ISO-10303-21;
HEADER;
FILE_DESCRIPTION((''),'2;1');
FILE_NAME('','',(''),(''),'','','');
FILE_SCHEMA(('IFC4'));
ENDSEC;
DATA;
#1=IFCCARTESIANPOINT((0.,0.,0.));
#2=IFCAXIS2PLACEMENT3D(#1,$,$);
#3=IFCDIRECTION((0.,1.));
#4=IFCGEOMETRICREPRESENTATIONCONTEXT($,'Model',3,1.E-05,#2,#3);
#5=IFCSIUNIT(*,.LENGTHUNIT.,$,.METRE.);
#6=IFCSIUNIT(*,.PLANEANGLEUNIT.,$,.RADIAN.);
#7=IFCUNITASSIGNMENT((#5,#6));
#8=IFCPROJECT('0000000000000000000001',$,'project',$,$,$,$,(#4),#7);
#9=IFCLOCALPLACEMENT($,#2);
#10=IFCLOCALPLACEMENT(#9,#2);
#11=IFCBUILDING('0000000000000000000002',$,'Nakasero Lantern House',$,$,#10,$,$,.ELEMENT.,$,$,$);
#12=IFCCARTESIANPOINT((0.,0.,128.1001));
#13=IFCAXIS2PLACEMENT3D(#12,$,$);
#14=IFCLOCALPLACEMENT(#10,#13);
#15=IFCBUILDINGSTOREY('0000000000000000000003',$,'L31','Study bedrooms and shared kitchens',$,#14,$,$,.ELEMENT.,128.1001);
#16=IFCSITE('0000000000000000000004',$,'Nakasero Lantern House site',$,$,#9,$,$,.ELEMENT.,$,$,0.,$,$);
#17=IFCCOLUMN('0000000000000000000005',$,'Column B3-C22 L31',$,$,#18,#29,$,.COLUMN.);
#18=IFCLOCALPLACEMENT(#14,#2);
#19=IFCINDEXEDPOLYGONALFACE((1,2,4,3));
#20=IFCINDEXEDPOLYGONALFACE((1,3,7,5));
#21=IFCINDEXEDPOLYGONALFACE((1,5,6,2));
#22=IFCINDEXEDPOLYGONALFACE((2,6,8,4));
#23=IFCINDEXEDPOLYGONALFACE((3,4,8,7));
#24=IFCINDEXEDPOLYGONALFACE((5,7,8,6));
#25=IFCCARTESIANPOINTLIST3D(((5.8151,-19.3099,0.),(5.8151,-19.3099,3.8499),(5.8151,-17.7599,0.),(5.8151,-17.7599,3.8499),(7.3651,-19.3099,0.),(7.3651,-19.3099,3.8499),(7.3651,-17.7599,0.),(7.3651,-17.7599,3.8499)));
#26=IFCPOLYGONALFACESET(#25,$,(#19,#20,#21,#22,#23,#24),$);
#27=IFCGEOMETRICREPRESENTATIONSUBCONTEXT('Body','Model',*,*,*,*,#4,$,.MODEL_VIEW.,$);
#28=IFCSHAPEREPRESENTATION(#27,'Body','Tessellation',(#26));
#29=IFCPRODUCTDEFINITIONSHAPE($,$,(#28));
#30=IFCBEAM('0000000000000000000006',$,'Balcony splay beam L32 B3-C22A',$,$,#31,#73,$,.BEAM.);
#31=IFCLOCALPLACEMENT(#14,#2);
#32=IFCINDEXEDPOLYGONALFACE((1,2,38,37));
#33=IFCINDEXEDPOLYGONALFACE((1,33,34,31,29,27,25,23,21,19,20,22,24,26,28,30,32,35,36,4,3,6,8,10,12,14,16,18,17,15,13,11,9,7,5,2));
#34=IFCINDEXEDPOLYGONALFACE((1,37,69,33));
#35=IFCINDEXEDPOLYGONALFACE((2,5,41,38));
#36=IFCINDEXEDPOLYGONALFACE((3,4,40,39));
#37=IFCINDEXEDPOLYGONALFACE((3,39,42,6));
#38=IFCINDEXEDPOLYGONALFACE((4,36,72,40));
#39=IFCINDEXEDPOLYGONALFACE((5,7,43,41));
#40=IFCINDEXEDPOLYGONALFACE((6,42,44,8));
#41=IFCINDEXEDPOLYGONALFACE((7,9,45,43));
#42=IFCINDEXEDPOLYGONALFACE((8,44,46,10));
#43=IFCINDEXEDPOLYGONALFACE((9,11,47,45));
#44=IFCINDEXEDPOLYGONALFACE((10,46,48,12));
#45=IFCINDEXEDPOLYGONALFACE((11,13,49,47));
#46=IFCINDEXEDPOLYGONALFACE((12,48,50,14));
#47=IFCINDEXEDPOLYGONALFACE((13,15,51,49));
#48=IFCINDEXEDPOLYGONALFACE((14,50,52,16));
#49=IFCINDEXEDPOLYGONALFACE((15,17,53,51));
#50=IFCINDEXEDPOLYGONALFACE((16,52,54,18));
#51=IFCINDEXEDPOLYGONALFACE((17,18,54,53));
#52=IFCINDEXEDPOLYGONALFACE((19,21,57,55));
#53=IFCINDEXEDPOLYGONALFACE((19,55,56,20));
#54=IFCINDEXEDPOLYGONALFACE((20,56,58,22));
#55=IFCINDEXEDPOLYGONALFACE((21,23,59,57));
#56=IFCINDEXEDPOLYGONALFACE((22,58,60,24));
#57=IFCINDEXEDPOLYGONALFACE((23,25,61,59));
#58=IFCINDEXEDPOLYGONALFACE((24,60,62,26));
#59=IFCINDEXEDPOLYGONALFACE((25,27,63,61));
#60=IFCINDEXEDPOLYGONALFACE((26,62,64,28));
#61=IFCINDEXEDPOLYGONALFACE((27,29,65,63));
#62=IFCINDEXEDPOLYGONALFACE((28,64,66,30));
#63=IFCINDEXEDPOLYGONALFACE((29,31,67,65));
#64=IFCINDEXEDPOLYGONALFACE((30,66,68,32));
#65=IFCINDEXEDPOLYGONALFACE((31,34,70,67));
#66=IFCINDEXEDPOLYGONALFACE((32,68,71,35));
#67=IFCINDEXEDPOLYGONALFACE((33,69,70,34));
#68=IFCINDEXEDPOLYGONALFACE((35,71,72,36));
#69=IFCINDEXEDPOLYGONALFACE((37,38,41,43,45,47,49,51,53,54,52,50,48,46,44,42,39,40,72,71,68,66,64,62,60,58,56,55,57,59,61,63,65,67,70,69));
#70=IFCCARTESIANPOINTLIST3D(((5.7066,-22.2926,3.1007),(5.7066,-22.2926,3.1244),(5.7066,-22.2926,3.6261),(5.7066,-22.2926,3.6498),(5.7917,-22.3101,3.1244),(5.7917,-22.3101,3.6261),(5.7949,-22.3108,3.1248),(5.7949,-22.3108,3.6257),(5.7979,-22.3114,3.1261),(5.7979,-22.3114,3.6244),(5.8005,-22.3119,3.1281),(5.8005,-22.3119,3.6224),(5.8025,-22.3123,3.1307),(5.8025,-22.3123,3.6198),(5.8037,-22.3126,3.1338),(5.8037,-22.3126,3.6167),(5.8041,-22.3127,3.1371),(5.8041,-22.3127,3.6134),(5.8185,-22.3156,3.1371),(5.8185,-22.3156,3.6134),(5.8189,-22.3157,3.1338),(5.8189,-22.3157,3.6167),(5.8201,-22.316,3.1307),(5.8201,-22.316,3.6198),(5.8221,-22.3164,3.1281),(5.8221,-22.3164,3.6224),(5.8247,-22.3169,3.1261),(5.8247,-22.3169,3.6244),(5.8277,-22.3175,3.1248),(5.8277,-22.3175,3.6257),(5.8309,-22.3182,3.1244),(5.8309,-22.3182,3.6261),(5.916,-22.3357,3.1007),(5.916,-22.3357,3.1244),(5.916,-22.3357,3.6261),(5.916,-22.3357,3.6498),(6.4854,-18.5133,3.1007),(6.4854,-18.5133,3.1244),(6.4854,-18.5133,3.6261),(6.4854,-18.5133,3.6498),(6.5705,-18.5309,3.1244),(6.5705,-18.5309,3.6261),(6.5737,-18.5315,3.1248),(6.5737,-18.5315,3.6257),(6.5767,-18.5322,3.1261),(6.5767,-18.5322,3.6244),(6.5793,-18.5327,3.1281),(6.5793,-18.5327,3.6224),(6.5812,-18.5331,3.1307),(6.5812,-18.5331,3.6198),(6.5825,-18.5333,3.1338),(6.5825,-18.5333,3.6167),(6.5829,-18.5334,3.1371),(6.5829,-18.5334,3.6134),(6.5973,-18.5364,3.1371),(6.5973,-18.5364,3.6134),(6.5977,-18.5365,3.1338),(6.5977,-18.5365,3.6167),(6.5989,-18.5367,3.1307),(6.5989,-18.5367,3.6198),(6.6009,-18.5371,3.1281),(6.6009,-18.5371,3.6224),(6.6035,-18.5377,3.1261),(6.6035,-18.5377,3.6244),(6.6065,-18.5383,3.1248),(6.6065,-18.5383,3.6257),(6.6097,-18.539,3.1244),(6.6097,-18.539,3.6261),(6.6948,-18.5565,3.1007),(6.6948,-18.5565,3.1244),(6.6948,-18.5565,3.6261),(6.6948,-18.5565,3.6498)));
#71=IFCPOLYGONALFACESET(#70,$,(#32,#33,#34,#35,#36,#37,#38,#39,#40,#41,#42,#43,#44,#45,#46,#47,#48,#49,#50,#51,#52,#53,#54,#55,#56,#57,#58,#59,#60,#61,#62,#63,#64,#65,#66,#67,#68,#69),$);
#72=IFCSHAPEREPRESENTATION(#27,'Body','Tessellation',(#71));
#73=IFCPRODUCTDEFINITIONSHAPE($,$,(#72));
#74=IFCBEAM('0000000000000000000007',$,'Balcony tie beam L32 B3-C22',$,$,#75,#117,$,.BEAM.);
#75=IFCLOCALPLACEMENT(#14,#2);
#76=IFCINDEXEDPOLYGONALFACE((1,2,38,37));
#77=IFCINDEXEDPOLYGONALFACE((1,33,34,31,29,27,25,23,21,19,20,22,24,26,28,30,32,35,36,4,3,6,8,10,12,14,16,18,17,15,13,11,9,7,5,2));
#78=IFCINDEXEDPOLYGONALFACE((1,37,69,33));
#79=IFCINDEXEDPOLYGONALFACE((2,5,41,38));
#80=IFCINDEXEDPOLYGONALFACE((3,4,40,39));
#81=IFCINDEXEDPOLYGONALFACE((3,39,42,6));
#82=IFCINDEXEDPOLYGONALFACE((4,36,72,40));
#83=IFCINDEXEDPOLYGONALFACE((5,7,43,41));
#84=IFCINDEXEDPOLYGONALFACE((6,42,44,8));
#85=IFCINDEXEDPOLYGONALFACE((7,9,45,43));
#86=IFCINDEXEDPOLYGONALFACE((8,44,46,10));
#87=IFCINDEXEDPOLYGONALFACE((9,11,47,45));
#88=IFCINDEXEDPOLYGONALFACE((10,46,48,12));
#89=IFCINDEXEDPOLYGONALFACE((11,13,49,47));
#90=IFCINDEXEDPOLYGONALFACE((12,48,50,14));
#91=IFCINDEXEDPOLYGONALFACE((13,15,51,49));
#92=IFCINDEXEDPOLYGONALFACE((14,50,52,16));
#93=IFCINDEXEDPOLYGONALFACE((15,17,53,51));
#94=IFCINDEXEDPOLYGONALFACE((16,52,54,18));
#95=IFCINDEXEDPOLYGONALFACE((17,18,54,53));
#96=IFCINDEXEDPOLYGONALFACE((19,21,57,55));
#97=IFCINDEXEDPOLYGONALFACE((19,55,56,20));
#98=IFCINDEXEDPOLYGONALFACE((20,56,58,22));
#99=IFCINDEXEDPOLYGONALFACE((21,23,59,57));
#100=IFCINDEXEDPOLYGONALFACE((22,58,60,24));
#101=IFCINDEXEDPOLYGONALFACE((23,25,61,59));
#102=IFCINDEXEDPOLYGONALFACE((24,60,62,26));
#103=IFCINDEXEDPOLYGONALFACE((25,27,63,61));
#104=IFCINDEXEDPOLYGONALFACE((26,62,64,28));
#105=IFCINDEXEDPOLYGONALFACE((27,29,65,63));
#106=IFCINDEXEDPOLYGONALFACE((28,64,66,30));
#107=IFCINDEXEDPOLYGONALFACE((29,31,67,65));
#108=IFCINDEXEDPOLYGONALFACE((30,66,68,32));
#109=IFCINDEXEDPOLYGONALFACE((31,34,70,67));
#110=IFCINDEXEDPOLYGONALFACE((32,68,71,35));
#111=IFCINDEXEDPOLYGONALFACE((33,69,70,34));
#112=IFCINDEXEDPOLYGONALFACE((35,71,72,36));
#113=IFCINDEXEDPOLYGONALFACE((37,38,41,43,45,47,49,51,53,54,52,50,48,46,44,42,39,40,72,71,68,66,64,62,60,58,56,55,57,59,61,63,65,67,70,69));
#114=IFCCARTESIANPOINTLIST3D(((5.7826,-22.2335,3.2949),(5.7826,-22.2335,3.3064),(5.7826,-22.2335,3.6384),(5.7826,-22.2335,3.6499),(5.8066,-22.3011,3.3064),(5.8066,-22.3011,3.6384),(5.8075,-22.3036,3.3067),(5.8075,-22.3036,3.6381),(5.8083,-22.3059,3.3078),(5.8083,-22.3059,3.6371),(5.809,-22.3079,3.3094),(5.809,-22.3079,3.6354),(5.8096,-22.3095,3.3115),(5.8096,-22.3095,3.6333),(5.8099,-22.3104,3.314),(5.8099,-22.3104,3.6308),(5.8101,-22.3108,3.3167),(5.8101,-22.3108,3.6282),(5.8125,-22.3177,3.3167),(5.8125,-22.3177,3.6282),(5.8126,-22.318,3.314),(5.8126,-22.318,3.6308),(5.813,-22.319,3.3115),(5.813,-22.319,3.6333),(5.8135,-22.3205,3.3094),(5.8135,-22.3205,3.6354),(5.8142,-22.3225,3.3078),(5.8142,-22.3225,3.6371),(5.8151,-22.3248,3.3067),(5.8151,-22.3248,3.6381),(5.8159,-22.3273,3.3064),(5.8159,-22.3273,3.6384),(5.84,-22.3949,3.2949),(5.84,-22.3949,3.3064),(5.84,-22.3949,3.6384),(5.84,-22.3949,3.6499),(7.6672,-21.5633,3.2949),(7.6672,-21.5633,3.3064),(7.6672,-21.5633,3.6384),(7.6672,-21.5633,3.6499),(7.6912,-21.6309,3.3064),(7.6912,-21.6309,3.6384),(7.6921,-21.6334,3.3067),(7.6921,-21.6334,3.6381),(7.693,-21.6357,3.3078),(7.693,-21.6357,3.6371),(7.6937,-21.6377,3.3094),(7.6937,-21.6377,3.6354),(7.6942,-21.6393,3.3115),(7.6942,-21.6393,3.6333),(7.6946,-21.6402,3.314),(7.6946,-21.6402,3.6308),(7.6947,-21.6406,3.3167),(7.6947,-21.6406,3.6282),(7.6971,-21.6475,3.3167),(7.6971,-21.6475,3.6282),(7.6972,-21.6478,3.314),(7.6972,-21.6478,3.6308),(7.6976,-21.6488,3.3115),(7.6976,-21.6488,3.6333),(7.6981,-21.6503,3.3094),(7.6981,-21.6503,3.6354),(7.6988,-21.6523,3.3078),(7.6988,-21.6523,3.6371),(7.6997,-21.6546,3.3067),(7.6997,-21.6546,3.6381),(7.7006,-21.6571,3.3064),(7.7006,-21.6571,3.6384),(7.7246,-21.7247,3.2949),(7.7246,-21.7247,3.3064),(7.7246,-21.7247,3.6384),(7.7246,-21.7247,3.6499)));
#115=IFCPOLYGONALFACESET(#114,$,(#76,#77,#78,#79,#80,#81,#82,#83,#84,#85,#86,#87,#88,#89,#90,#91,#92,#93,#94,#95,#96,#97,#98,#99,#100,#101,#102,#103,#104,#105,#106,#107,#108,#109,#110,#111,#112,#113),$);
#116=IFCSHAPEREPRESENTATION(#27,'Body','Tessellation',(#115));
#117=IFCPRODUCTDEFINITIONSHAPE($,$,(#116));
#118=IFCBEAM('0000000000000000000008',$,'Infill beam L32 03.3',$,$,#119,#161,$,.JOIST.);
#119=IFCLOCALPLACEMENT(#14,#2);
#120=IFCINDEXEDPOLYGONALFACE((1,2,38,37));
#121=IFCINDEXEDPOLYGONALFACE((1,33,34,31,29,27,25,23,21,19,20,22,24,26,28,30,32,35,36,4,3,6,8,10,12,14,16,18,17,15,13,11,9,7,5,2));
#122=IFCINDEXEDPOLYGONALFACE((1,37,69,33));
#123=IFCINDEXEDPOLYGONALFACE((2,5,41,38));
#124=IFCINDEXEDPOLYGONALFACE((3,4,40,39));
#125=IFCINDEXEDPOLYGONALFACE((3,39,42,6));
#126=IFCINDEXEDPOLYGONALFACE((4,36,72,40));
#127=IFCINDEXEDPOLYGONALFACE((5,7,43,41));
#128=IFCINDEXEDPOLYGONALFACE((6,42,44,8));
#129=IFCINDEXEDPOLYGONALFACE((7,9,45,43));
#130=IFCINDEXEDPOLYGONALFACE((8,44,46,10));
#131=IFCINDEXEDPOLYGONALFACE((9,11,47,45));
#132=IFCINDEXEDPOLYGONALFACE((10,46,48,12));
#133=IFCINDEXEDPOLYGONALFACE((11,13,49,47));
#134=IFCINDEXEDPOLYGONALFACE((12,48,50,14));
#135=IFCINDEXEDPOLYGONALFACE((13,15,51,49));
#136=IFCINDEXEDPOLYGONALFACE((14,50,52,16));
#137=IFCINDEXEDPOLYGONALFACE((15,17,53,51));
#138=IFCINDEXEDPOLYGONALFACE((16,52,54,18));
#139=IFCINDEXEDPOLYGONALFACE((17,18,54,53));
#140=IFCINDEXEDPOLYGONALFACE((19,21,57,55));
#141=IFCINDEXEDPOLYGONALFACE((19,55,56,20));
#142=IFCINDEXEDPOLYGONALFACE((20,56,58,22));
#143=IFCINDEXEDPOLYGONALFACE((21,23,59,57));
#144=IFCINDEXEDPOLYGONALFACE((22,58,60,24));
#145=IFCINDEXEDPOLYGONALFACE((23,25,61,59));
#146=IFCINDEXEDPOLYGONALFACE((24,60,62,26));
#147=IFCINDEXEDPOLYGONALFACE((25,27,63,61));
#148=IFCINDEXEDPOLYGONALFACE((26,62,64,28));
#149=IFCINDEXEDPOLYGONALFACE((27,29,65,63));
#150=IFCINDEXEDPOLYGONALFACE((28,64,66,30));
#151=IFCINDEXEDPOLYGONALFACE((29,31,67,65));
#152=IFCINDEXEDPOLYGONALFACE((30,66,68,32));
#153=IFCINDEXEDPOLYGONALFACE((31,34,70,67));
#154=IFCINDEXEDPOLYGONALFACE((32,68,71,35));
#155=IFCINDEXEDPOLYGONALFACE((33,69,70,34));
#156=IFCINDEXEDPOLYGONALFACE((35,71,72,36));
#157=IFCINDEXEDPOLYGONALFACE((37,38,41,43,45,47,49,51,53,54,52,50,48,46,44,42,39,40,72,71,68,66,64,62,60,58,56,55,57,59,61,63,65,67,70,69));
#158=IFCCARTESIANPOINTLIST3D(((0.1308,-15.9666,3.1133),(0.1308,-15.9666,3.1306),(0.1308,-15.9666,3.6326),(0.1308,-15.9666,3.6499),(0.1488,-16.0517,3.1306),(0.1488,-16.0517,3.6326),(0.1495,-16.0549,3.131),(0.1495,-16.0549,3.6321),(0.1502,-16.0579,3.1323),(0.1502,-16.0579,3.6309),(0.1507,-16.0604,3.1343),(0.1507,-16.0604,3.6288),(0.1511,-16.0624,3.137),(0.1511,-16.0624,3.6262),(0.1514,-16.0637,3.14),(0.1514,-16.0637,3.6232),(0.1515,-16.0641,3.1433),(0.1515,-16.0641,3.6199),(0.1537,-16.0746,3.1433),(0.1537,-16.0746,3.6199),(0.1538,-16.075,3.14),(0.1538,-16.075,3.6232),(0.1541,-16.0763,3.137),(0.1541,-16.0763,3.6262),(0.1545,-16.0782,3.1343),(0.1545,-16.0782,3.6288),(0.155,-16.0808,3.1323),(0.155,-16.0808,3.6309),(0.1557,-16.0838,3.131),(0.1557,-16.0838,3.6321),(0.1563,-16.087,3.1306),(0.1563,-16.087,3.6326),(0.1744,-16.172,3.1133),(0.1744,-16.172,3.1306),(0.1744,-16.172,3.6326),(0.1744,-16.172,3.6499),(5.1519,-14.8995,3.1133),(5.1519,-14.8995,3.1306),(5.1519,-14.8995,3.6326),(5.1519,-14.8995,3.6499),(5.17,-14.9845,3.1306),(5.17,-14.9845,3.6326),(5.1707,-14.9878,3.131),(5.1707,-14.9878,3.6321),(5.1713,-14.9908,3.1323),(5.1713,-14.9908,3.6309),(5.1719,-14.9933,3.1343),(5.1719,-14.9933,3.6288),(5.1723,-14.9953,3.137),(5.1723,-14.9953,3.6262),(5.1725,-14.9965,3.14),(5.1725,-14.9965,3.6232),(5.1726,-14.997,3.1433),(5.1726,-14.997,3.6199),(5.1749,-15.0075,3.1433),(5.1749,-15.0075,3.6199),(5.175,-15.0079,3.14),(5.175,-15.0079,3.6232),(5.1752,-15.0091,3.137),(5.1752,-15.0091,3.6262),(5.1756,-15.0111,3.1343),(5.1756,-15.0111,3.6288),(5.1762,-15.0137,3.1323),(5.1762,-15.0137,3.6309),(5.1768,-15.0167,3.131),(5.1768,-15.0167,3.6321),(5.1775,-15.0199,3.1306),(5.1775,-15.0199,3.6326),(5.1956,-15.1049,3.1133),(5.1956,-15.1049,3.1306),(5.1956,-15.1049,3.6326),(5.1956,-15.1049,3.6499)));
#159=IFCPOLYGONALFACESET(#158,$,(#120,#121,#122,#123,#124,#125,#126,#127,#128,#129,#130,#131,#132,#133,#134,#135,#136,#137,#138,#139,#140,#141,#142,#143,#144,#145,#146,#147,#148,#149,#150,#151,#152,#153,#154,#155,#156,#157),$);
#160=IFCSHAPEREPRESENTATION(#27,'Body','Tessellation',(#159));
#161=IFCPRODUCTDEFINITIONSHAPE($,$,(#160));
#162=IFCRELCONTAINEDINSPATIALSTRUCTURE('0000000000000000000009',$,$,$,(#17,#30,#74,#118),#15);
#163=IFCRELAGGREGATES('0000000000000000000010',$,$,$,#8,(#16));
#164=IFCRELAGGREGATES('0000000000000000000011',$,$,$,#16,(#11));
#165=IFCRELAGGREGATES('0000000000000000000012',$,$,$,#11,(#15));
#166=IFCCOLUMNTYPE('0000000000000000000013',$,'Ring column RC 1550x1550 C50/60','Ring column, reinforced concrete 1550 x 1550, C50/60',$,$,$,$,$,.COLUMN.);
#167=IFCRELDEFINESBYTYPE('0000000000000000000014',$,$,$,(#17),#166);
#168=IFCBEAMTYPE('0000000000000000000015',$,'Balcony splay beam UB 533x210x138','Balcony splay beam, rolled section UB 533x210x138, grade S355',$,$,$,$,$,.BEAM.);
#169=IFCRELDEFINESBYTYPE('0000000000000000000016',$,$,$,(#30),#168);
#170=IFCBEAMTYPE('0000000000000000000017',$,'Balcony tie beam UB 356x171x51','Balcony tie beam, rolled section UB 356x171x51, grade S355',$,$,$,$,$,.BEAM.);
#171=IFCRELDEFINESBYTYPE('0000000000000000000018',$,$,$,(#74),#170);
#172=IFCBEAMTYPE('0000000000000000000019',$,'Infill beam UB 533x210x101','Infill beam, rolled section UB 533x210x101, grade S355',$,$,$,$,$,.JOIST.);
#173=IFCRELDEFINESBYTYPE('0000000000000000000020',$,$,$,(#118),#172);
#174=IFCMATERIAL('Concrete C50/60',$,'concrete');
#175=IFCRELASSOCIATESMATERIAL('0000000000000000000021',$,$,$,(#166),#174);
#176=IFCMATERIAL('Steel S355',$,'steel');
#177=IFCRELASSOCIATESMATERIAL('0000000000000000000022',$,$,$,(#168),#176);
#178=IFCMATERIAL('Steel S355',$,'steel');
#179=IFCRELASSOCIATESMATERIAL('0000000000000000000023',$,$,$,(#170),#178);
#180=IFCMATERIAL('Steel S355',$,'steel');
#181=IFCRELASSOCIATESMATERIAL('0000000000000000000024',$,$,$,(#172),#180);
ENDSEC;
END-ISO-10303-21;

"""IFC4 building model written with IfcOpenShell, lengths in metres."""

from ifc_helpers import new_model, si_unit, direction, frame, origin, origin_2d, place, context, subcontext, project, spatial, rectangle, i_section, extrude, material, material_profile, profile_set, type_object, element, save


model = new_model("IFC4")

# Units and contexts
model_context = context("Model", 3, precision=1e-05, world=origin(), true_north=direction((0.0, 1.0)))
body_context = subcontext(model_context, "Body", "Model", "MODEL_VIEW")
ifc_project = project(units=[si_unit("LENGTHUNIT", "METRE"), si_unit("PLANEANGLEUNIT", "RADIAN")], contexts=[model_context])

# Site, building, storey
site_placement = place(None, origin())
site = spatial("IfcSite", under=ifc_project, at=site_placement, Name="Nakasero Lantern House site", CompositionType="ELEMENT", RefElevation=0.0)
building_placement = place(site_placement, origin())
building = spatial("IfcBuilding", under=site, at=building_placement, Name="Nakasero Lantern House", CompositionType="ELEMENT")
storey_placement = place(building_placement, frame((0.0, 0.0, 128.1001)))
storey = spatial("IfcBuildingStorey", under=building, at=storey_placement, Name="L31", Description="Study bedrooms and shared kitchens", CompositionType="ELEMENT", Elevation=128.1001)

# Column
ifc_material_1 = material(Name="Concrete C50/60", Category="concrete")
ifc_material_profile_1 = material_profile(ifc_material_1, rectangle(XDim=1.55, YDim=1.55, at=origin_2d()), Name="RC 1550x1550")
ifc_profile_set_1 = profile_set([ifc_material_profile_1], Name="Concrete C50/60")
column_type = type_object("IfcColumnType", Name="Ring column RC 1550x1550 C50/60", Description="Ring column, reinforced concrete 1550 x 1550, C50/60", PredefinedType="COLUMN", material=ifc_profile_set_1)
column_placement = place(storey_placement, frame((6.5901, -18.5349, 0.0), z_axis=(0.0, 0.0, 1.0), x_axis=(1.0, 0.0, 0.0)))
element("IfcColumn", 1, at=column_placement, inside=storey, type_object=column_type, Name="Column B3-C22 L31", PredefinedType="COLUMN", context=body_context, shape_type="SweptSolid", body=[
    extrude(rectangle(XDim=1.55, YDim=1.55, at=origin_2d()), origin(), (0.0, 0.0, 1.0), 3.8499),
])

# Beams
ifc_material_2 = material(Name="Steel S355", Category="steel")
ifc_material_profile_2 = material_profile(ifc_material_2, i_section(OverallWidth=0.2139, OverallDepth=0.5491, WebThickness=0.0146, FlangeThickness=0.0237, FilletRadius=0.0127, at=origin_2d()), Name="UB 533x210x138")
ifc_profile_set_2 = profile_set([ifc_material_profile_2], Name="Steel S355")
beam_type_1 = type_object("IfcBeamType", Name="Balcony splay beam UB 533x210x138", Description="Balcony splay beam, rolled section UB 533x210x138, grade S355", PredefinedType="BEAM", material=ifc_profile_set_2)
beam_1_placement = place(storey_placement, frame((6.5901, -18.5349, 3.3752), z_axis=(-0.201831, -0.97942, 0.0), x_axis=(0.97942, -0.201831, 0.0)))
element("IfcBeam", 2, at=beam_1_placement, inside=storey, type_object=beam_type_1, Name="Balcony splay beam L32 B3-C22A", PredefinedType="BEAM", context=body_context, shape_type="SweptSolid", body=[
    extrude(i_section(OverallWidth=0.2139, OverallDepth=0.5491, WebThickness=0.0146, FlangeThickness=0.0237, FilletRadius=0.0127, at=origin_2d()), origin(), (0.0, 0.0, 1.0), 3.8586),
])
ifc_material_3 = material(Name="Steel S355", Category="steel")
ifc_material_profile_3 = material_profile(ifc_material_3, i_section(OverallWidth=0.1714, OverallDepth=0.355, WebThickness=0.0073, FlangeThickness=0.0115, FilletRadius=0.0103, at=origin_2d()), Name="UB 356x171x51")
ifc_profile_set_3 = profile_set([ifc_material_profile_3], Name="Steel S355")
beam_type_2 = type_object("IfcBeamType", Name="Balcony tie beam UB 356x171x51", Description="Balcony tie beam, rolled section UB 356x171x51, grade S355", PredefinedType="BEAM", material=ifc_profile_set_3)
beam_2_placement = place(storey_placement, frame((5.8113, -22.3142, 3.4724), z_axis=(0.942197, 0.33506, 0.0), x_axis=(-0.33506, 0.942197, 0.0)))
element("IfcBeam", 3, at=beam_2_placement, inside=storey, type_object=beam_type_2, Name="Balcony tie beam L32 B3-C22", PredefinedType="BEAM", context=body_context, shape_type="SweptSolid", body=[
    extrude(i_section(OverallWidth=0.1714, OverallDepth=0.355, WebThickness=0.0073, FlangeThickness=0.0115, FilletRadius=0.0103, at=origin_2d()), origin(), (0.0, 0.0, 1.0), 2.0002),
])
ifc_material_4 = material(Name="Steel S355", Category="steel")
ifc_material_profile_4 = material_profile(ifc_material_4, i_section(OverallWidth=0.21, OverallDepth=0.5366, WebThickness=0.0107, FlangeThickness=0.0173, FilletRadius=0.0127, at=origin_2d()), Name="UB 533x210x101")
ifc_profile_set_4 = profile_set([ifc_material_profile_4], Name="Steel S355")
beam_type_3 = type_object("IfcBeamType", Name="Infill beam UB 533x210x101", Description="Infill beam, rolled section UB 533x210x101, grade S355", PredefinedType="JOIST", material=ifc_profile_set_4)
beam_3_placement = place(storey_placement, frame((0.1526, -16.0693, 3.3816), z_axis=(0.978154, 0.207882, 0.0), x_axis=(-0.207882, 0.978154, 0.0)))
element("IfcBeam", 4, at=beam_3_placement, inside=storey, type_object=beam_type_3, Name="Infill beam L32 03.3", PredefinedType="JOIST", context=body_context, shape_type="SweptSolid", body=[
    extrude(i_section(OverallWidth=0.21, OverallDepth=0.5366, WebThickness=0.0107, FlangeThickness=0.0173, FilletRadius=0.0127, at=origin_2d()), origin(), (0.0, 0.0, 1.0), 5.1333),
])

save(model, "model.ifc")
